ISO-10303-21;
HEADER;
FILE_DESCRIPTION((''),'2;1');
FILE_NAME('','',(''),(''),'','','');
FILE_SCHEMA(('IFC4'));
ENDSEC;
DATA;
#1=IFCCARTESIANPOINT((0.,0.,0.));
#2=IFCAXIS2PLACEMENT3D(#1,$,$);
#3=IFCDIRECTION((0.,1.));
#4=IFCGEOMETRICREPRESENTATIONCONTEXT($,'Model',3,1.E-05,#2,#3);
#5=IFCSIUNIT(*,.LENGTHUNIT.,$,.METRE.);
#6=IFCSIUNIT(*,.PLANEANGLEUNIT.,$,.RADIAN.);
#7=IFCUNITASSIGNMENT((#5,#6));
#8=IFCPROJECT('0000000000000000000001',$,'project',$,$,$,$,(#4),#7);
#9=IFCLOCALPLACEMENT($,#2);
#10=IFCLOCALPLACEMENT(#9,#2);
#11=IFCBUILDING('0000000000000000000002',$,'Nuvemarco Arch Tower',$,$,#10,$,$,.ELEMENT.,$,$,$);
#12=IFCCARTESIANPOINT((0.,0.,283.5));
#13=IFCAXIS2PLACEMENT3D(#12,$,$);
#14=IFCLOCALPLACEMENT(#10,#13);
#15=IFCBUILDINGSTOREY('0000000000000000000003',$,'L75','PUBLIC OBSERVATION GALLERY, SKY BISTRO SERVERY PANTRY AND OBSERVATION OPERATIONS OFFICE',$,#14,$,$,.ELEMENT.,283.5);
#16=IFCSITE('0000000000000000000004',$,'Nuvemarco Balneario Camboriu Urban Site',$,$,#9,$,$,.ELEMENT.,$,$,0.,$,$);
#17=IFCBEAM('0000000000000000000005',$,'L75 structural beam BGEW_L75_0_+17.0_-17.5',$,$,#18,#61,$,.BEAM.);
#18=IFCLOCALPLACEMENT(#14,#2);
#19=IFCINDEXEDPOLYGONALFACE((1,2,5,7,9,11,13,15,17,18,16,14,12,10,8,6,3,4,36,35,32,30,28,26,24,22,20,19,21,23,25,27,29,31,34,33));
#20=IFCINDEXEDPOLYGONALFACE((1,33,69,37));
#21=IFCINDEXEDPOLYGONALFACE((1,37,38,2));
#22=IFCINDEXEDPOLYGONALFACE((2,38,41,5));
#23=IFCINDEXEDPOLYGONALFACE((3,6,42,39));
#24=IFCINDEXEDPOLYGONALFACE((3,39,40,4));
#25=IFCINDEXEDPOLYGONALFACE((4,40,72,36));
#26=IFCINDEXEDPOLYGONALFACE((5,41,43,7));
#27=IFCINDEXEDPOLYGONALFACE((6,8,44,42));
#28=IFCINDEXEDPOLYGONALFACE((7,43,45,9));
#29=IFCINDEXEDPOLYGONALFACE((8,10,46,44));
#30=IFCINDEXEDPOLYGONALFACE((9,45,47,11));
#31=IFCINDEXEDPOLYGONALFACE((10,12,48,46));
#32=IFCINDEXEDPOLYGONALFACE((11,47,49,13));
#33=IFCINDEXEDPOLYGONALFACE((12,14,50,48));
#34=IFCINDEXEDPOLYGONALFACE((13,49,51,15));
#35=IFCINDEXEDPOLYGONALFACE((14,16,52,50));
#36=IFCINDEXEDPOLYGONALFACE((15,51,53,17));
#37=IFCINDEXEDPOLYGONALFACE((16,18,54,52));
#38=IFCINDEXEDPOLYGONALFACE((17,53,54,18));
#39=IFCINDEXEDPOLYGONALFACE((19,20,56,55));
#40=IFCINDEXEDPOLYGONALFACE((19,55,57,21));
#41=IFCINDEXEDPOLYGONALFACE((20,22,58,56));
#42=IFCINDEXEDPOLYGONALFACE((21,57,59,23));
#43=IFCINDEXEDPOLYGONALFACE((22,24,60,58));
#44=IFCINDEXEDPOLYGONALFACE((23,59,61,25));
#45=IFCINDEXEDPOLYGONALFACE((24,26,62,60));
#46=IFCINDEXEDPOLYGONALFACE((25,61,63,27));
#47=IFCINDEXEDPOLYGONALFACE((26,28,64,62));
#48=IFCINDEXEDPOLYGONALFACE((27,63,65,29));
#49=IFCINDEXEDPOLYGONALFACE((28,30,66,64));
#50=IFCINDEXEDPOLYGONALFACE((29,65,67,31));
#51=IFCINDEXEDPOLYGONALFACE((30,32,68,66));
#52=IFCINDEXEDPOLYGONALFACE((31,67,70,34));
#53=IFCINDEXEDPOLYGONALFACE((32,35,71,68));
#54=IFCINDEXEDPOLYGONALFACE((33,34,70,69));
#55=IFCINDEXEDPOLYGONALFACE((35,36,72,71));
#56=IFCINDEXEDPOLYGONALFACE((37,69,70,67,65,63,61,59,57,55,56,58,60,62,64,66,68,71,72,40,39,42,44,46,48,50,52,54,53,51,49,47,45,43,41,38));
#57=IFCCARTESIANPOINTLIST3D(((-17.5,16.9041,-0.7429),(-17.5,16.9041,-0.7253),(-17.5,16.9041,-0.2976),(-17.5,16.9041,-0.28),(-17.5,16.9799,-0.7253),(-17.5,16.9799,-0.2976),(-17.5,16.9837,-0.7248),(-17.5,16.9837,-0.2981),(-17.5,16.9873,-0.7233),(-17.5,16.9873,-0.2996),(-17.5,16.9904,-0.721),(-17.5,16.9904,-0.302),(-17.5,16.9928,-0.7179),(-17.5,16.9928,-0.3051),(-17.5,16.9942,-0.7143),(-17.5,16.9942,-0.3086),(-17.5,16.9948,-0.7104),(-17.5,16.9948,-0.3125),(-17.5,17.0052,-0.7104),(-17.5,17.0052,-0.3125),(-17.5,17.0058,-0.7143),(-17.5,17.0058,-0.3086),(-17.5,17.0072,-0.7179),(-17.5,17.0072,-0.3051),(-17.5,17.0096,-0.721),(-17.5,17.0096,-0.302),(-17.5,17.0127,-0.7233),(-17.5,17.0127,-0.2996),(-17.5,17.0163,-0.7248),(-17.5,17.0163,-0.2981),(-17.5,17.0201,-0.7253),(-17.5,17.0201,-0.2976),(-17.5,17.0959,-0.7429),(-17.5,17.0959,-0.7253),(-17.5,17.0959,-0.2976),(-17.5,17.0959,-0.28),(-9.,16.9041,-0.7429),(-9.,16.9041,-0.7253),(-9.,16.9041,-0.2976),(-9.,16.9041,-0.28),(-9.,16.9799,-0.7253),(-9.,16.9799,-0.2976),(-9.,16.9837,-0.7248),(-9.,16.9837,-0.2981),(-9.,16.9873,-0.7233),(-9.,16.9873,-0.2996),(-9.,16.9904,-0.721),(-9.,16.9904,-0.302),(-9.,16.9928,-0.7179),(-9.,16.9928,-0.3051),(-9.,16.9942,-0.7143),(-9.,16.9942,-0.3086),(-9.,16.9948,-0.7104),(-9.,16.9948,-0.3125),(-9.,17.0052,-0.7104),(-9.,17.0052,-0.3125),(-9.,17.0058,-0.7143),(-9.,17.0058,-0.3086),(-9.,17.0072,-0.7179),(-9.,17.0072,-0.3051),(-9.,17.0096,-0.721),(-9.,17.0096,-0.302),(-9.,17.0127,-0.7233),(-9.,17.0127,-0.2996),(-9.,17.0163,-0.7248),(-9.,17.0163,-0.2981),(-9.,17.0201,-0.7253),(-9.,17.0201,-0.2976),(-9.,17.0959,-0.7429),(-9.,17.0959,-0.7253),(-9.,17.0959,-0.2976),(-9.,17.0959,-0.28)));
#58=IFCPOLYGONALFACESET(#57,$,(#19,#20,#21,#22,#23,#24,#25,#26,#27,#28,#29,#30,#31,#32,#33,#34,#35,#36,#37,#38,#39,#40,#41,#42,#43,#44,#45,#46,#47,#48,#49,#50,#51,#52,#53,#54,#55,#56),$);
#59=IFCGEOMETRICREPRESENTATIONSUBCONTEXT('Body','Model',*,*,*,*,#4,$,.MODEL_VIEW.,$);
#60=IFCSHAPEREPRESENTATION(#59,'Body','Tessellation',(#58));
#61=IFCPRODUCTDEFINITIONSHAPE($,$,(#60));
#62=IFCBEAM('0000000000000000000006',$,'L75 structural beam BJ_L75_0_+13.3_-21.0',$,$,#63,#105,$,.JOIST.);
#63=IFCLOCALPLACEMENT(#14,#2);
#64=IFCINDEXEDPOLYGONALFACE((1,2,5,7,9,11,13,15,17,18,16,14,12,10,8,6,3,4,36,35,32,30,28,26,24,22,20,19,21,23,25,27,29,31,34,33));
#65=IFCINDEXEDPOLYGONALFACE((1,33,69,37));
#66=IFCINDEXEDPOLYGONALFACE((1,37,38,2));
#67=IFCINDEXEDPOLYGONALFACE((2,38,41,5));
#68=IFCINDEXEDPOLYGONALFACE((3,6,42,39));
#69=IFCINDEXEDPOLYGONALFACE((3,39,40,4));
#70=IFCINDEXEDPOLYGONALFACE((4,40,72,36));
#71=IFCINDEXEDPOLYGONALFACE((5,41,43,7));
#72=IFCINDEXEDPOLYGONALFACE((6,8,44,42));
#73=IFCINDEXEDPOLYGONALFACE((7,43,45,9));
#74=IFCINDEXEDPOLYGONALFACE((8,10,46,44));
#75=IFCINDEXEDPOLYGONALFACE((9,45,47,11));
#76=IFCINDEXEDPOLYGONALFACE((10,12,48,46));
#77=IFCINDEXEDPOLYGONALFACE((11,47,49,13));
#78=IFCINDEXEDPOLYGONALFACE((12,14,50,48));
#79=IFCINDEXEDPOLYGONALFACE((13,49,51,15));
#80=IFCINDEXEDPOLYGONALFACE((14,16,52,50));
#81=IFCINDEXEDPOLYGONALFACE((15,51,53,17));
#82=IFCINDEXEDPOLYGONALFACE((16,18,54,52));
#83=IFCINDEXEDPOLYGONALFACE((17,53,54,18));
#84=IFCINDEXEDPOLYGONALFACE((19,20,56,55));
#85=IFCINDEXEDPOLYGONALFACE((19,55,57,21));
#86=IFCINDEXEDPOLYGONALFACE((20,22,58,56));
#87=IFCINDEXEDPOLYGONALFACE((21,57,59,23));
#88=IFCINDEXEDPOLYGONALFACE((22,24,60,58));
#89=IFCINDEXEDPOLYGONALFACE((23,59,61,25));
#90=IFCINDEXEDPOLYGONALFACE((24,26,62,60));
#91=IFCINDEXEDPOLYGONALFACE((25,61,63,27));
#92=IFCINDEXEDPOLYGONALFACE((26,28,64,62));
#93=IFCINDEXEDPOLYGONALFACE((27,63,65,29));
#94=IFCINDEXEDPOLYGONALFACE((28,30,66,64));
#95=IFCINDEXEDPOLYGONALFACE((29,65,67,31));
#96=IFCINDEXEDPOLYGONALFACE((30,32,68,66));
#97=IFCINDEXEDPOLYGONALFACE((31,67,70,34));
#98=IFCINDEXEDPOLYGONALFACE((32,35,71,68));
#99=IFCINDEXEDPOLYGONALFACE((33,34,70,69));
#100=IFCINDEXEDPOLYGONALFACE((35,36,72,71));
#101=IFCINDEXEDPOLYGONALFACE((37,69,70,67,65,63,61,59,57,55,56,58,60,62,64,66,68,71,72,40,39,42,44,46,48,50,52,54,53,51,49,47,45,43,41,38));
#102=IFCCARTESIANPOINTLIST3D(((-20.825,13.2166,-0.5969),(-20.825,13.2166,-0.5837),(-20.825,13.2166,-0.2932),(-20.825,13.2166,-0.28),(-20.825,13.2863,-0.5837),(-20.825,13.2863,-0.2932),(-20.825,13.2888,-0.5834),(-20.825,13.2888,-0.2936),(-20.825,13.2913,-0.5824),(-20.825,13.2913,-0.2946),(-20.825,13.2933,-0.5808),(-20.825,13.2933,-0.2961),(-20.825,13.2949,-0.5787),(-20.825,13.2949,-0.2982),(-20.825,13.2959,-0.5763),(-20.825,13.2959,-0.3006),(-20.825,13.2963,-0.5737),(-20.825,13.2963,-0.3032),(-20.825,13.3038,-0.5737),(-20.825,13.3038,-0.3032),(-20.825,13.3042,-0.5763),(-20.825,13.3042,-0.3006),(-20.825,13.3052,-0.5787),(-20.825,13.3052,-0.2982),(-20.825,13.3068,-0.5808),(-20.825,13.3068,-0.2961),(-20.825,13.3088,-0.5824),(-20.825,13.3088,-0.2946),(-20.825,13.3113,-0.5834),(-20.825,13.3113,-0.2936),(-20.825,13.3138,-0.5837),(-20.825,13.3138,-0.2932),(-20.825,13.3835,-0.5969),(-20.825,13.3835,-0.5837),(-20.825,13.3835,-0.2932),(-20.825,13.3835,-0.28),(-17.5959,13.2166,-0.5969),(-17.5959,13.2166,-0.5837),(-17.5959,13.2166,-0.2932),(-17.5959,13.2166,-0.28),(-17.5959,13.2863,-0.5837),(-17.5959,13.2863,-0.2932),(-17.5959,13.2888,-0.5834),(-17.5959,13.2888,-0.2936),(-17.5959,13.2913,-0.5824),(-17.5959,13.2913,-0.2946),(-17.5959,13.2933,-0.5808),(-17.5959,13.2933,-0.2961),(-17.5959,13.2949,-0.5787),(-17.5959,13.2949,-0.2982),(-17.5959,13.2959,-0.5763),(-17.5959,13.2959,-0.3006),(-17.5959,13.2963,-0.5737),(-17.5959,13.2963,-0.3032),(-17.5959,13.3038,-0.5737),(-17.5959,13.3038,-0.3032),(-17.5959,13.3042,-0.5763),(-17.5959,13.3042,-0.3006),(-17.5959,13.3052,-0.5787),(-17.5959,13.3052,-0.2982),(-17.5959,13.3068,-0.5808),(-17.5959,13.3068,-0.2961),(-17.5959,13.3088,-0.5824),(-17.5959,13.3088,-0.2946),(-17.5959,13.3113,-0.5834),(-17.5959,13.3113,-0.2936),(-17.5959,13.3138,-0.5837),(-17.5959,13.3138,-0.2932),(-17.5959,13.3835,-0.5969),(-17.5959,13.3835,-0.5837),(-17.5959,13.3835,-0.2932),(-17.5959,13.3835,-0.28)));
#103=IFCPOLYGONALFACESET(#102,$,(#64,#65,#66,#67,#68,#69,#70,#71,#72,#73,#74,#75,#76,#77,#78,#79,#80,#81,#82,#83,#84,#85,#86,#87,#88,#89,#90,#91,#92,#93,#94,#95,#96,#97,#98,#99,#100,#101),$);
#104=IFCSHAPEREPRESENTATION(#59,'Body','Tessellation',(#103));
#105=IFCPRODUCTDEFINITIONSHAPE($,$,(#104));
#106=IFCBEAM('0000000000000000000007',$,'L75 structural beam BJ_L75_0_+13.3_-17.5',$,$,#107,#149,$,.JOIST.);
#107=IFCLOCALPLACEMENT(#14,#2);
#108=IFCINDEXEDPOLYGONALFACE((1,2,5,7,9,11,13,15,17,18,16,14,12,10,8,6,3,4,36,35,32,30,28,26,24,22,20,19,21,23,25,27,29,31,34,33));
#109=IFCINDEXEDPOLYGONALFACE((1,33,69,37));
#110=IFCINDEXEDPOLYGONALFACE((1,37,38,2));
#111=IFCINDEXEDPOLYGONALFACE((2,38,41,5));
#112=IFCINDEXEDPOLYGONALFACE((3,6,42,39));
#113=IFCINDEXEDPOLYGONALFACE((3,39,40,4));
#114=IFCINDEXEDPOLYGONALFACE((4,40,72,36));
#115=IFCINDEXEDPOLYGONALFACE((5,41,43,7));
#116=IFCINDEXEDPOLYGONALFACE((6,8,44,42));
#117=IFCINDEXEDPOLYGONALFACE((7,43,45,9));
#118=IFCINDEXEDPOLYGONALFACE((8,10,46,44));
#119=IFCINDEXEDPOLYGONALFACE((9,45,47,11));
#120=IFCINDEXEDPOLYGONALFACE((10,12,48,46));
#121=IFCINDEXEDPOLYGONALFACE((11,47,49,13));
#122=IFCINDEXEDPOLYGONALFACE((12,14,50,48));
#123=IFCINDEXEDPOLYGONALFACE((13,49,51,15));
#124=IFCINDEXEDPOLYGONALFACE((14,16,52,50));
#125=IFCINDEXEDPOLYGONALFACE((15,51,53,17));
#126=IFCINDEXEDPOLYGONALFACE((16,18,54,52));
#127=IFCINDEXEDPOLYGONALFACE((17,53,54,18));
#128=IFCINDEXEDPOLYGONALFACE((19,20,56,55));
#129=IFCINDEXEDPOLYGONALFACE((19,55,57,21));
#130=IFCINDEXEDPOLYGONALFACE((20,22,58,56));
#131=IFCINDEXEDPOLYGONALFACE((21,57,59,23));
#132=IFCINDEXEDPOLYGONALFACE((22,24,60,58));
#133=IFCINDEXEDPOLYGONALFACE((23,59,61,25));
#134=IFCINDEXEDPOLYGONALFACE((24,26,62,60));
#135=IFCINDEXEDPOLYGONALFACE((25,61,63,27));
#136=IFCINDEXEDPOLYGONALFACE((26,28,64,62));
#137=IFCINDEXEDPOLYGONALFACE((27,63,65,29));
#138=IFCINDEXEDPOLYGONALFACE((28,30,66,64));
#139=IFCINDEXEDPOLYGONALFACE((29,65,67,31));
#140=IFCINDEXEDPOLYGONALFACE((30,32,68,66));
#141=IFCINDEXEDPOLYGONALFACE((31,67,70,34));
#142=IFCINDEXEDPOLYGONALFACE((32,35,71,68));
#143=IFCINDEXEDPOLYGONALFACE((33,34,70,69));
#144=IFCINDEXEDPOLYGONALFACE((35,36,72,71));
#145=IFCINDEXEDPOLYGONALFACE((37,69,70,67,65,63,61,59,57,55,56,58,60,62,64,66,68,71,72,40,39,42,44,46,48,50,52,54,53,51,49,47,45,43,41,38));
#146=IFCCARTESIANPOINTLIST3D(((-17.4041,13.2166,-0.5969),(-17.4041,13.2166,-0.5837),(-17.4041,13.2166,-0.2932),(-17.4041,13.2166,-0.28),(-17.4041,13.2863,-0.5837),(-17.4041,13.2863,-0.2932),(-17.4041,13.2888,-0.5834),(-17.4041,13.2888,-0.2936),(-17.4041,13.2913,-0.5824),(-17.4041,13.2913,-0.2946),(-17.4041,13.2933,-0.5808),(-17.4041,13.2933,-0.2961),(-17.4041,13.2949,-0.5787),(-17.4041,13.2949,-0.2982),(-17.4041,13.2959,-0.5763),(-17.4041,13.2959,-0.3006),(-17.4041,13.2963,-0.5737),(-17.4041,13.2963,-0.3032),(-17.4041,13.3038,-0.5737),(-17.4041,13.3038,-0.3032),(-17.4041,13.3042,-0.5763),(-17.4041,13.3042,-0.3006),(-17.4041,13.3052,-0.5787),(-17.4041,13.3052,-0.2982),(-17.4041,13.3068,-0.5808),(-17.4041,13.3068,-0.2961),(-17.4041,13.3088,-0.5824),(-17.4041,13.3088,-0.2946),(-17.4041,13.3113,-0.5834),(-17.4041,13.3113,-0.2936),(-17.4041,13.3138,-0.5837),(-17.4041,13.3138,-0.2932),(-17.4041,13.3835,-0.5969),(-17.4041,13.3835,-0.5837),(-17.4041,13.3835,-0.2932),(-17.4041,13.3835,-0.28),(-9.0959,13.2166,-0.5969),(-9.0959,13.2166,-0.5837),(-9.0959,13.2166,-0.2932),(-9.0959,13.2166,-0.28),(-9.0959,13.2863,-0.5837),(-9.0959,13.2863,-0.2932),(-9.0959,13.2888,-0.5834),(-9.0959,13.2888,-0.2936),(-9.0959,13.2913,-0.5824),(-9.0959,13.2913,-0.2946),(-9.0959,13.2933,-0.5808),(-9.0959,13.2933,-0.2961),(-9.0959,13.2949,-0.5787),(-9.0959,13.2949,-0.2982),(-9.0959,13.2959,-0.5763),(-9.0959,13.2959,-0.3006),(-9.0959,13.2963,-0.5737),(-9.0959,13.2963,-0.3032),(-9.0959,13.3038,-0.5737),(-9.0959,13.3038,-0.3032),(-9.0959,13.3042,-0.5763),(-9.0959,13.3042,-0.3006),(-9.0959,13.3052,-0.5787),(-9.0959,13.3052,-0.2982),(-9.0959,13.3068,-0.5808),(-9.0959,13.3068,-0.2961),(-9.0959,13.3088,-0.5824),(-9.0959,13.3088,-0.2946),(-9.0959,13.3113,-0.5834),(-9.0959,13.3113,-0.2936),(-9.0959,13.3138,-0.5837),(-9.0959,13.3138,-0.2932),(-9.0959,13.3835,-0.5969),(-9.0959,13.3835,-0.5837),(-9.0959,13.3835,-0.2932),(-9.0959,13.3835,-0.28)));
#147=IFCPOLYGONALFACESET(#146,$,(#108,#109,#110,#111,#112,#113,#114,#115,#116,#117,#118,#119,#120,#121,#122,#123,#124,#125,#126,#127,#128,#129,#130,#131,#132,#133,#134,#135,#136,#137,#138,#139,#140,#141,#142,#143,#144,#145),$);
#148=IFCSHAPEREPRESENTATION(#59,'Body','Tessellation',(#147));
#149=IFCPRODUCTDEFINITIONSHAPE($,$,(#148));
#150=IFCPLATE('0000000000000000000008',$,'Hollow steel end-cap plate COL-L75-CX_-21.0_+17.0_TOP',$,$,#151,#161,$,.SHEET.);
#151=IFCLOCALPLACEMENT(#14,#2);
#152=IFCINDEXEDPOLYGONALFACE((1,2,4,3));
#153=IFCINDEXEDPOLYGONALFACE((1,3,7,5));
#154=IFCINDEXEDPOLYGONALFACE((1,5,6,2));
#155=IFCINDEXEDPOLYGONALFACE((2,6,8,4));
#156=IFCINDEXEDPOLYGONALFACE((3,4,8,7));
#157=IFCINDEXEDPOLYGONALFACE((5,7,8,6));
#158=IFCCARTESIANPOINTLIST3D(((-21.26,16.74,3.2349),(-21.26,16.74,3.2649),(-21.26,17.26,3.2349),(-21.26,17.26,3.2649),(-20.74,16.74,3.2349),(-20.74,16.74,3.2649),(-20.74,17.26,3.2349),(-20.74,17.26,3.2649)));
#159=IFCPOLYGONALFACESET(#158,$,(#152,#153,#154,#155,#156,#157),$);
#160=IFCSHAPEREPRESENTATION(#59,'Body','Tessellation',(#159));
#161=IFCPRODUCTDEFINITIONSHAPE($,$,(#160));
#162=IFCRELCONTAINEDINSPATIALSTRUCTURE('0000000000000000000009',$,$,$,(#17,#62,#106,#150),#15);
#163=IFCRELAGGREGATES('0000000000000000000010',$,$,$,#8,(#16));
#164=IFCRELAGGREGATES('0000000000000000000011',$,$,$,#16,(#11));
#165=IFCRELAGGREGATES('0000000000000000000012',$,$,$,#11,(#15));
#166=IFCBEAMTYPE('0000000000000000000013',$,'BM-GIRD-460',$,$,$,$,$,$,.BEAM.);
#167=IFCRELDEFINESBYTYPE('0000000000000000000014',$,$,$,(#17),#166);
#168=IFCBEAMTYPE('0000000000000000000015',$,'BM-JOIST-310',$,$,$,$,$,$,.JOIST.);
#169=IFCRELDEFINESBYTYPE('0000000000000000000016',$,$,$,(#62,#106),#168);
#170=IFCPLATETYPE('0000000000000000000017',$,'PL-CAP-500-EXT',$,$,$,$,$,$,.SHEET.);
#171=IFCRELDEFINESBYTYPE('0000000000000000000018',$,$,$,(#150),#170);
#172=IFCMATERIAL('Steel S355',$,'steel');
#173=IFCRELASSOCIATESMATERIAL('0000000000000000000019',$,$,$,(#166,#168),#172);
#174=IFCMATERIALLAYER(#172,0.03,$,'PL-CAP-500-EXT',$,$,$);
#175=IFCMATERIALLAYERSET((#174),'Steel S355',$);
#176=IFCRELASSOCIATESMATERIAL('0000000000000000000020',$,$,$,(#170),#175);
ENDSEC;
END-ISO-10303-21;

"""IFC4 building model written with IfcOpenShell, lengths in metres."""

from ifc_helpers import new_model, si_unit, direction, frame, origin, origin_2d, place, context, subcontext, project, spatial, rectangle, i_section, extrude, source, transform, mapped, material, layer, layer_set, material_profile, profile_set, type_object, type_shapes, element, save


model = new_model("IFC4")

# Units and contexts
model_context = context("Model", 3, precision=1e-05, world=origin(), true_north=direction((0.0, 1.0)))
body_context = subcontext(model_context, "Body", "Model", "MODEL_VIEW")
ifc_project = project(units=[si_unit("LENGTHUNIT", "METRE"), si_unit("PLANEANGLEUNIT", "RADIAN")], contexts=[model_context])

# Site, building, storey
site_placement = place(None, origin())
site = spatial("IfcSite", under=ifc_project, at=site_placement, Name="Nuvemarco Balneario Camboriu Urban Site", CompositionType="ELEMENT", RefElevation=0.0)
building_placement = place(site_placement, origin())
building = spatial("IfcBuilding", under=site, at=building_placement, Name="Nuvemarco Arch Tower", CompositionType="ELEMENT")
storey_placement = place(building_placement, frame((0.0, 0.0, 283.5)))
storey = spatial("IfcBuildingStorey", under=building, at=storey_placement, Name="L75", Description="PUBLIC OBSERVATION GALLERY, SKY BISTRO SERVERY PANTRY AND OBSERVATION OPERATIONS OFFICE", CompositionType="ELEMENT", Elevation=283.5)

# Shared definitions
ifc_material_1 = material(Name="Steel S355", Category="steel")

# Beams
ifc_material_profile_1 = material_profile(ifc_material_1, i_section(OverallWidth=0.1919, OverallDepth=0.4629, WebThickness=0.0105, FlangeThickness=0.0176, FilletRadius=0.0149, at=origin_2d()), Name="W460x89")
ifc_profile_set_1 = profile_set([ifc_material_profile_1], Name="Steel S355")
beam_type_1 = type_object("IfcBeamType", Name="BM-GIRD-460", PredefinedType="BEAM", material=ifc_profile_set_1)
beam_1_placement = place(storey_placement, frame((-17.5, 17.0, -0.5115), z_axis=(1.0, 0.0, 0.0), x_axis=(0.0, 1.0, 0.0)))
element("IfcBeam", 1, at=beam_1_placement, inside=storey, type_object=beam_type_1, Name="L75 structural beam BGEW_L75_0_+17.0_-17.5", PredefinedType="BEAM", context=body_context, shape_type="SweptSolid", body=[
    extrude(i_section(OverallWidth=0.1919, OverallDepth=0.4629, WebThickness=0.0105, FlangeThickness=0.0176, FilletRadius=0.0149, at=origin_2d()), origin(), (0.0, 0.0, 1.0), 8.5),
])
ifc_material_profile_2 = material_profile(ifc_material_1, i_section(OverallWidth=0.167, OverallDepth=0.3169, WebThickness=0.0076, FlangeThickness=0.0132, FilletRadius=0.01, at=origin_2d()), Name="W310x52")
ifc_profile_set_2 = profile_set([ifc_material_profile_2], Name="Steel S355")
beam_type_2 = type_object("IfcBeamType", Name="BM-JOIST-310", PredefinedType="JOIST", material=ifc_profile_set_2)
beam_2_placement = place(storey_placement, frame((-20.825, 13.3, -0.4385), z_axis=(1.0, 0.0, 0.0), x_axis=(0.0, 1.0, 0.0)))
element("IfcBeam", 2, at=beam_2_placement, inside=storey, type_object=beam_type_2, Name="L75 structural beam BJ_L75_0_+13.3_-21.0", PredefinedType="JOIST", context=body_context, shape_type="SweptSolid", body=[
    extrude(i_section(OverallWidth=0.167, OverallDepth=0.3169, WebThickness=0.0076, FlangeThickness=0.0132, FilletRadius=0.01, at=origin_2d()), origin(), (0.0, 0.0, 1.0), 3.229),
])
beam_3_placement = place(storey_placement, frame((-17.4041, 13.3, -0.4385), z_axis=(1.0, 0.0, 0.0), x_axis=(0.0, 1.0, 0.0)))
element("IfcBeam", 3, at=beam_3_placement, inside=storey, type_object=beam_type_2, Name="L75 structural beam BJ_L75_0_+13.3_-17.5", PredefinedType="JOIST", context=body_context, shape_type="SweptSolid", body=[
    extrude(i_section(OverallWidth=0.167, OverallDepth=0.3169, WebThickness=0.0076, FlangeThickness=0.0132, FilletRadius=0.01, at=origin_2d()), origin(), (0.0, 0.0, 1.0), 8.3081),
])

# Plate
ifc_layer_1 = layer(ifc_material_1, 0.03, Name="PL-CAP-500-EXT")
ifc_layer_set_1 = layer_set([ifc_layer_1], Name="Steel S355")
plate_type = type_object("IfcPlateType", Name="PL-CAP-500-EXT", PredefinedType="SHEET", material=ifc_layer_set_1)
shared_shape_1 = source(origin(), body_context, "Body", "SweptSolid", [
    extrude(rectangle(XDim=0.52, YDim=0.52, at=origin_2d()), origin(), (0.0, 0.0, 1.0), 0.03),
])
type_shapes(plate_type, [shared_shape_1])
plate_placement = place(storey_placement, frame((-21.0, 17.0, 3.2349), z_axis=(0.0, 0.0, 1.0), x_axis=(1.0, 0.0, 0.0)))
element("IfcPlate", 4, at=plate_placement, inside=storey, type_object=plate_type, Name="Hollow steel end-cap plate COL-L75-CX_-21.0_+17.0_TOP", PredefinedType="SHEET", context=body_context, shape_type="MappedRepresentation", body=[
    mapped(shared_shape_1, transform((0.0, 0.0, 0.0), scale=1.0)),
])

save(model, "model.ifc")
